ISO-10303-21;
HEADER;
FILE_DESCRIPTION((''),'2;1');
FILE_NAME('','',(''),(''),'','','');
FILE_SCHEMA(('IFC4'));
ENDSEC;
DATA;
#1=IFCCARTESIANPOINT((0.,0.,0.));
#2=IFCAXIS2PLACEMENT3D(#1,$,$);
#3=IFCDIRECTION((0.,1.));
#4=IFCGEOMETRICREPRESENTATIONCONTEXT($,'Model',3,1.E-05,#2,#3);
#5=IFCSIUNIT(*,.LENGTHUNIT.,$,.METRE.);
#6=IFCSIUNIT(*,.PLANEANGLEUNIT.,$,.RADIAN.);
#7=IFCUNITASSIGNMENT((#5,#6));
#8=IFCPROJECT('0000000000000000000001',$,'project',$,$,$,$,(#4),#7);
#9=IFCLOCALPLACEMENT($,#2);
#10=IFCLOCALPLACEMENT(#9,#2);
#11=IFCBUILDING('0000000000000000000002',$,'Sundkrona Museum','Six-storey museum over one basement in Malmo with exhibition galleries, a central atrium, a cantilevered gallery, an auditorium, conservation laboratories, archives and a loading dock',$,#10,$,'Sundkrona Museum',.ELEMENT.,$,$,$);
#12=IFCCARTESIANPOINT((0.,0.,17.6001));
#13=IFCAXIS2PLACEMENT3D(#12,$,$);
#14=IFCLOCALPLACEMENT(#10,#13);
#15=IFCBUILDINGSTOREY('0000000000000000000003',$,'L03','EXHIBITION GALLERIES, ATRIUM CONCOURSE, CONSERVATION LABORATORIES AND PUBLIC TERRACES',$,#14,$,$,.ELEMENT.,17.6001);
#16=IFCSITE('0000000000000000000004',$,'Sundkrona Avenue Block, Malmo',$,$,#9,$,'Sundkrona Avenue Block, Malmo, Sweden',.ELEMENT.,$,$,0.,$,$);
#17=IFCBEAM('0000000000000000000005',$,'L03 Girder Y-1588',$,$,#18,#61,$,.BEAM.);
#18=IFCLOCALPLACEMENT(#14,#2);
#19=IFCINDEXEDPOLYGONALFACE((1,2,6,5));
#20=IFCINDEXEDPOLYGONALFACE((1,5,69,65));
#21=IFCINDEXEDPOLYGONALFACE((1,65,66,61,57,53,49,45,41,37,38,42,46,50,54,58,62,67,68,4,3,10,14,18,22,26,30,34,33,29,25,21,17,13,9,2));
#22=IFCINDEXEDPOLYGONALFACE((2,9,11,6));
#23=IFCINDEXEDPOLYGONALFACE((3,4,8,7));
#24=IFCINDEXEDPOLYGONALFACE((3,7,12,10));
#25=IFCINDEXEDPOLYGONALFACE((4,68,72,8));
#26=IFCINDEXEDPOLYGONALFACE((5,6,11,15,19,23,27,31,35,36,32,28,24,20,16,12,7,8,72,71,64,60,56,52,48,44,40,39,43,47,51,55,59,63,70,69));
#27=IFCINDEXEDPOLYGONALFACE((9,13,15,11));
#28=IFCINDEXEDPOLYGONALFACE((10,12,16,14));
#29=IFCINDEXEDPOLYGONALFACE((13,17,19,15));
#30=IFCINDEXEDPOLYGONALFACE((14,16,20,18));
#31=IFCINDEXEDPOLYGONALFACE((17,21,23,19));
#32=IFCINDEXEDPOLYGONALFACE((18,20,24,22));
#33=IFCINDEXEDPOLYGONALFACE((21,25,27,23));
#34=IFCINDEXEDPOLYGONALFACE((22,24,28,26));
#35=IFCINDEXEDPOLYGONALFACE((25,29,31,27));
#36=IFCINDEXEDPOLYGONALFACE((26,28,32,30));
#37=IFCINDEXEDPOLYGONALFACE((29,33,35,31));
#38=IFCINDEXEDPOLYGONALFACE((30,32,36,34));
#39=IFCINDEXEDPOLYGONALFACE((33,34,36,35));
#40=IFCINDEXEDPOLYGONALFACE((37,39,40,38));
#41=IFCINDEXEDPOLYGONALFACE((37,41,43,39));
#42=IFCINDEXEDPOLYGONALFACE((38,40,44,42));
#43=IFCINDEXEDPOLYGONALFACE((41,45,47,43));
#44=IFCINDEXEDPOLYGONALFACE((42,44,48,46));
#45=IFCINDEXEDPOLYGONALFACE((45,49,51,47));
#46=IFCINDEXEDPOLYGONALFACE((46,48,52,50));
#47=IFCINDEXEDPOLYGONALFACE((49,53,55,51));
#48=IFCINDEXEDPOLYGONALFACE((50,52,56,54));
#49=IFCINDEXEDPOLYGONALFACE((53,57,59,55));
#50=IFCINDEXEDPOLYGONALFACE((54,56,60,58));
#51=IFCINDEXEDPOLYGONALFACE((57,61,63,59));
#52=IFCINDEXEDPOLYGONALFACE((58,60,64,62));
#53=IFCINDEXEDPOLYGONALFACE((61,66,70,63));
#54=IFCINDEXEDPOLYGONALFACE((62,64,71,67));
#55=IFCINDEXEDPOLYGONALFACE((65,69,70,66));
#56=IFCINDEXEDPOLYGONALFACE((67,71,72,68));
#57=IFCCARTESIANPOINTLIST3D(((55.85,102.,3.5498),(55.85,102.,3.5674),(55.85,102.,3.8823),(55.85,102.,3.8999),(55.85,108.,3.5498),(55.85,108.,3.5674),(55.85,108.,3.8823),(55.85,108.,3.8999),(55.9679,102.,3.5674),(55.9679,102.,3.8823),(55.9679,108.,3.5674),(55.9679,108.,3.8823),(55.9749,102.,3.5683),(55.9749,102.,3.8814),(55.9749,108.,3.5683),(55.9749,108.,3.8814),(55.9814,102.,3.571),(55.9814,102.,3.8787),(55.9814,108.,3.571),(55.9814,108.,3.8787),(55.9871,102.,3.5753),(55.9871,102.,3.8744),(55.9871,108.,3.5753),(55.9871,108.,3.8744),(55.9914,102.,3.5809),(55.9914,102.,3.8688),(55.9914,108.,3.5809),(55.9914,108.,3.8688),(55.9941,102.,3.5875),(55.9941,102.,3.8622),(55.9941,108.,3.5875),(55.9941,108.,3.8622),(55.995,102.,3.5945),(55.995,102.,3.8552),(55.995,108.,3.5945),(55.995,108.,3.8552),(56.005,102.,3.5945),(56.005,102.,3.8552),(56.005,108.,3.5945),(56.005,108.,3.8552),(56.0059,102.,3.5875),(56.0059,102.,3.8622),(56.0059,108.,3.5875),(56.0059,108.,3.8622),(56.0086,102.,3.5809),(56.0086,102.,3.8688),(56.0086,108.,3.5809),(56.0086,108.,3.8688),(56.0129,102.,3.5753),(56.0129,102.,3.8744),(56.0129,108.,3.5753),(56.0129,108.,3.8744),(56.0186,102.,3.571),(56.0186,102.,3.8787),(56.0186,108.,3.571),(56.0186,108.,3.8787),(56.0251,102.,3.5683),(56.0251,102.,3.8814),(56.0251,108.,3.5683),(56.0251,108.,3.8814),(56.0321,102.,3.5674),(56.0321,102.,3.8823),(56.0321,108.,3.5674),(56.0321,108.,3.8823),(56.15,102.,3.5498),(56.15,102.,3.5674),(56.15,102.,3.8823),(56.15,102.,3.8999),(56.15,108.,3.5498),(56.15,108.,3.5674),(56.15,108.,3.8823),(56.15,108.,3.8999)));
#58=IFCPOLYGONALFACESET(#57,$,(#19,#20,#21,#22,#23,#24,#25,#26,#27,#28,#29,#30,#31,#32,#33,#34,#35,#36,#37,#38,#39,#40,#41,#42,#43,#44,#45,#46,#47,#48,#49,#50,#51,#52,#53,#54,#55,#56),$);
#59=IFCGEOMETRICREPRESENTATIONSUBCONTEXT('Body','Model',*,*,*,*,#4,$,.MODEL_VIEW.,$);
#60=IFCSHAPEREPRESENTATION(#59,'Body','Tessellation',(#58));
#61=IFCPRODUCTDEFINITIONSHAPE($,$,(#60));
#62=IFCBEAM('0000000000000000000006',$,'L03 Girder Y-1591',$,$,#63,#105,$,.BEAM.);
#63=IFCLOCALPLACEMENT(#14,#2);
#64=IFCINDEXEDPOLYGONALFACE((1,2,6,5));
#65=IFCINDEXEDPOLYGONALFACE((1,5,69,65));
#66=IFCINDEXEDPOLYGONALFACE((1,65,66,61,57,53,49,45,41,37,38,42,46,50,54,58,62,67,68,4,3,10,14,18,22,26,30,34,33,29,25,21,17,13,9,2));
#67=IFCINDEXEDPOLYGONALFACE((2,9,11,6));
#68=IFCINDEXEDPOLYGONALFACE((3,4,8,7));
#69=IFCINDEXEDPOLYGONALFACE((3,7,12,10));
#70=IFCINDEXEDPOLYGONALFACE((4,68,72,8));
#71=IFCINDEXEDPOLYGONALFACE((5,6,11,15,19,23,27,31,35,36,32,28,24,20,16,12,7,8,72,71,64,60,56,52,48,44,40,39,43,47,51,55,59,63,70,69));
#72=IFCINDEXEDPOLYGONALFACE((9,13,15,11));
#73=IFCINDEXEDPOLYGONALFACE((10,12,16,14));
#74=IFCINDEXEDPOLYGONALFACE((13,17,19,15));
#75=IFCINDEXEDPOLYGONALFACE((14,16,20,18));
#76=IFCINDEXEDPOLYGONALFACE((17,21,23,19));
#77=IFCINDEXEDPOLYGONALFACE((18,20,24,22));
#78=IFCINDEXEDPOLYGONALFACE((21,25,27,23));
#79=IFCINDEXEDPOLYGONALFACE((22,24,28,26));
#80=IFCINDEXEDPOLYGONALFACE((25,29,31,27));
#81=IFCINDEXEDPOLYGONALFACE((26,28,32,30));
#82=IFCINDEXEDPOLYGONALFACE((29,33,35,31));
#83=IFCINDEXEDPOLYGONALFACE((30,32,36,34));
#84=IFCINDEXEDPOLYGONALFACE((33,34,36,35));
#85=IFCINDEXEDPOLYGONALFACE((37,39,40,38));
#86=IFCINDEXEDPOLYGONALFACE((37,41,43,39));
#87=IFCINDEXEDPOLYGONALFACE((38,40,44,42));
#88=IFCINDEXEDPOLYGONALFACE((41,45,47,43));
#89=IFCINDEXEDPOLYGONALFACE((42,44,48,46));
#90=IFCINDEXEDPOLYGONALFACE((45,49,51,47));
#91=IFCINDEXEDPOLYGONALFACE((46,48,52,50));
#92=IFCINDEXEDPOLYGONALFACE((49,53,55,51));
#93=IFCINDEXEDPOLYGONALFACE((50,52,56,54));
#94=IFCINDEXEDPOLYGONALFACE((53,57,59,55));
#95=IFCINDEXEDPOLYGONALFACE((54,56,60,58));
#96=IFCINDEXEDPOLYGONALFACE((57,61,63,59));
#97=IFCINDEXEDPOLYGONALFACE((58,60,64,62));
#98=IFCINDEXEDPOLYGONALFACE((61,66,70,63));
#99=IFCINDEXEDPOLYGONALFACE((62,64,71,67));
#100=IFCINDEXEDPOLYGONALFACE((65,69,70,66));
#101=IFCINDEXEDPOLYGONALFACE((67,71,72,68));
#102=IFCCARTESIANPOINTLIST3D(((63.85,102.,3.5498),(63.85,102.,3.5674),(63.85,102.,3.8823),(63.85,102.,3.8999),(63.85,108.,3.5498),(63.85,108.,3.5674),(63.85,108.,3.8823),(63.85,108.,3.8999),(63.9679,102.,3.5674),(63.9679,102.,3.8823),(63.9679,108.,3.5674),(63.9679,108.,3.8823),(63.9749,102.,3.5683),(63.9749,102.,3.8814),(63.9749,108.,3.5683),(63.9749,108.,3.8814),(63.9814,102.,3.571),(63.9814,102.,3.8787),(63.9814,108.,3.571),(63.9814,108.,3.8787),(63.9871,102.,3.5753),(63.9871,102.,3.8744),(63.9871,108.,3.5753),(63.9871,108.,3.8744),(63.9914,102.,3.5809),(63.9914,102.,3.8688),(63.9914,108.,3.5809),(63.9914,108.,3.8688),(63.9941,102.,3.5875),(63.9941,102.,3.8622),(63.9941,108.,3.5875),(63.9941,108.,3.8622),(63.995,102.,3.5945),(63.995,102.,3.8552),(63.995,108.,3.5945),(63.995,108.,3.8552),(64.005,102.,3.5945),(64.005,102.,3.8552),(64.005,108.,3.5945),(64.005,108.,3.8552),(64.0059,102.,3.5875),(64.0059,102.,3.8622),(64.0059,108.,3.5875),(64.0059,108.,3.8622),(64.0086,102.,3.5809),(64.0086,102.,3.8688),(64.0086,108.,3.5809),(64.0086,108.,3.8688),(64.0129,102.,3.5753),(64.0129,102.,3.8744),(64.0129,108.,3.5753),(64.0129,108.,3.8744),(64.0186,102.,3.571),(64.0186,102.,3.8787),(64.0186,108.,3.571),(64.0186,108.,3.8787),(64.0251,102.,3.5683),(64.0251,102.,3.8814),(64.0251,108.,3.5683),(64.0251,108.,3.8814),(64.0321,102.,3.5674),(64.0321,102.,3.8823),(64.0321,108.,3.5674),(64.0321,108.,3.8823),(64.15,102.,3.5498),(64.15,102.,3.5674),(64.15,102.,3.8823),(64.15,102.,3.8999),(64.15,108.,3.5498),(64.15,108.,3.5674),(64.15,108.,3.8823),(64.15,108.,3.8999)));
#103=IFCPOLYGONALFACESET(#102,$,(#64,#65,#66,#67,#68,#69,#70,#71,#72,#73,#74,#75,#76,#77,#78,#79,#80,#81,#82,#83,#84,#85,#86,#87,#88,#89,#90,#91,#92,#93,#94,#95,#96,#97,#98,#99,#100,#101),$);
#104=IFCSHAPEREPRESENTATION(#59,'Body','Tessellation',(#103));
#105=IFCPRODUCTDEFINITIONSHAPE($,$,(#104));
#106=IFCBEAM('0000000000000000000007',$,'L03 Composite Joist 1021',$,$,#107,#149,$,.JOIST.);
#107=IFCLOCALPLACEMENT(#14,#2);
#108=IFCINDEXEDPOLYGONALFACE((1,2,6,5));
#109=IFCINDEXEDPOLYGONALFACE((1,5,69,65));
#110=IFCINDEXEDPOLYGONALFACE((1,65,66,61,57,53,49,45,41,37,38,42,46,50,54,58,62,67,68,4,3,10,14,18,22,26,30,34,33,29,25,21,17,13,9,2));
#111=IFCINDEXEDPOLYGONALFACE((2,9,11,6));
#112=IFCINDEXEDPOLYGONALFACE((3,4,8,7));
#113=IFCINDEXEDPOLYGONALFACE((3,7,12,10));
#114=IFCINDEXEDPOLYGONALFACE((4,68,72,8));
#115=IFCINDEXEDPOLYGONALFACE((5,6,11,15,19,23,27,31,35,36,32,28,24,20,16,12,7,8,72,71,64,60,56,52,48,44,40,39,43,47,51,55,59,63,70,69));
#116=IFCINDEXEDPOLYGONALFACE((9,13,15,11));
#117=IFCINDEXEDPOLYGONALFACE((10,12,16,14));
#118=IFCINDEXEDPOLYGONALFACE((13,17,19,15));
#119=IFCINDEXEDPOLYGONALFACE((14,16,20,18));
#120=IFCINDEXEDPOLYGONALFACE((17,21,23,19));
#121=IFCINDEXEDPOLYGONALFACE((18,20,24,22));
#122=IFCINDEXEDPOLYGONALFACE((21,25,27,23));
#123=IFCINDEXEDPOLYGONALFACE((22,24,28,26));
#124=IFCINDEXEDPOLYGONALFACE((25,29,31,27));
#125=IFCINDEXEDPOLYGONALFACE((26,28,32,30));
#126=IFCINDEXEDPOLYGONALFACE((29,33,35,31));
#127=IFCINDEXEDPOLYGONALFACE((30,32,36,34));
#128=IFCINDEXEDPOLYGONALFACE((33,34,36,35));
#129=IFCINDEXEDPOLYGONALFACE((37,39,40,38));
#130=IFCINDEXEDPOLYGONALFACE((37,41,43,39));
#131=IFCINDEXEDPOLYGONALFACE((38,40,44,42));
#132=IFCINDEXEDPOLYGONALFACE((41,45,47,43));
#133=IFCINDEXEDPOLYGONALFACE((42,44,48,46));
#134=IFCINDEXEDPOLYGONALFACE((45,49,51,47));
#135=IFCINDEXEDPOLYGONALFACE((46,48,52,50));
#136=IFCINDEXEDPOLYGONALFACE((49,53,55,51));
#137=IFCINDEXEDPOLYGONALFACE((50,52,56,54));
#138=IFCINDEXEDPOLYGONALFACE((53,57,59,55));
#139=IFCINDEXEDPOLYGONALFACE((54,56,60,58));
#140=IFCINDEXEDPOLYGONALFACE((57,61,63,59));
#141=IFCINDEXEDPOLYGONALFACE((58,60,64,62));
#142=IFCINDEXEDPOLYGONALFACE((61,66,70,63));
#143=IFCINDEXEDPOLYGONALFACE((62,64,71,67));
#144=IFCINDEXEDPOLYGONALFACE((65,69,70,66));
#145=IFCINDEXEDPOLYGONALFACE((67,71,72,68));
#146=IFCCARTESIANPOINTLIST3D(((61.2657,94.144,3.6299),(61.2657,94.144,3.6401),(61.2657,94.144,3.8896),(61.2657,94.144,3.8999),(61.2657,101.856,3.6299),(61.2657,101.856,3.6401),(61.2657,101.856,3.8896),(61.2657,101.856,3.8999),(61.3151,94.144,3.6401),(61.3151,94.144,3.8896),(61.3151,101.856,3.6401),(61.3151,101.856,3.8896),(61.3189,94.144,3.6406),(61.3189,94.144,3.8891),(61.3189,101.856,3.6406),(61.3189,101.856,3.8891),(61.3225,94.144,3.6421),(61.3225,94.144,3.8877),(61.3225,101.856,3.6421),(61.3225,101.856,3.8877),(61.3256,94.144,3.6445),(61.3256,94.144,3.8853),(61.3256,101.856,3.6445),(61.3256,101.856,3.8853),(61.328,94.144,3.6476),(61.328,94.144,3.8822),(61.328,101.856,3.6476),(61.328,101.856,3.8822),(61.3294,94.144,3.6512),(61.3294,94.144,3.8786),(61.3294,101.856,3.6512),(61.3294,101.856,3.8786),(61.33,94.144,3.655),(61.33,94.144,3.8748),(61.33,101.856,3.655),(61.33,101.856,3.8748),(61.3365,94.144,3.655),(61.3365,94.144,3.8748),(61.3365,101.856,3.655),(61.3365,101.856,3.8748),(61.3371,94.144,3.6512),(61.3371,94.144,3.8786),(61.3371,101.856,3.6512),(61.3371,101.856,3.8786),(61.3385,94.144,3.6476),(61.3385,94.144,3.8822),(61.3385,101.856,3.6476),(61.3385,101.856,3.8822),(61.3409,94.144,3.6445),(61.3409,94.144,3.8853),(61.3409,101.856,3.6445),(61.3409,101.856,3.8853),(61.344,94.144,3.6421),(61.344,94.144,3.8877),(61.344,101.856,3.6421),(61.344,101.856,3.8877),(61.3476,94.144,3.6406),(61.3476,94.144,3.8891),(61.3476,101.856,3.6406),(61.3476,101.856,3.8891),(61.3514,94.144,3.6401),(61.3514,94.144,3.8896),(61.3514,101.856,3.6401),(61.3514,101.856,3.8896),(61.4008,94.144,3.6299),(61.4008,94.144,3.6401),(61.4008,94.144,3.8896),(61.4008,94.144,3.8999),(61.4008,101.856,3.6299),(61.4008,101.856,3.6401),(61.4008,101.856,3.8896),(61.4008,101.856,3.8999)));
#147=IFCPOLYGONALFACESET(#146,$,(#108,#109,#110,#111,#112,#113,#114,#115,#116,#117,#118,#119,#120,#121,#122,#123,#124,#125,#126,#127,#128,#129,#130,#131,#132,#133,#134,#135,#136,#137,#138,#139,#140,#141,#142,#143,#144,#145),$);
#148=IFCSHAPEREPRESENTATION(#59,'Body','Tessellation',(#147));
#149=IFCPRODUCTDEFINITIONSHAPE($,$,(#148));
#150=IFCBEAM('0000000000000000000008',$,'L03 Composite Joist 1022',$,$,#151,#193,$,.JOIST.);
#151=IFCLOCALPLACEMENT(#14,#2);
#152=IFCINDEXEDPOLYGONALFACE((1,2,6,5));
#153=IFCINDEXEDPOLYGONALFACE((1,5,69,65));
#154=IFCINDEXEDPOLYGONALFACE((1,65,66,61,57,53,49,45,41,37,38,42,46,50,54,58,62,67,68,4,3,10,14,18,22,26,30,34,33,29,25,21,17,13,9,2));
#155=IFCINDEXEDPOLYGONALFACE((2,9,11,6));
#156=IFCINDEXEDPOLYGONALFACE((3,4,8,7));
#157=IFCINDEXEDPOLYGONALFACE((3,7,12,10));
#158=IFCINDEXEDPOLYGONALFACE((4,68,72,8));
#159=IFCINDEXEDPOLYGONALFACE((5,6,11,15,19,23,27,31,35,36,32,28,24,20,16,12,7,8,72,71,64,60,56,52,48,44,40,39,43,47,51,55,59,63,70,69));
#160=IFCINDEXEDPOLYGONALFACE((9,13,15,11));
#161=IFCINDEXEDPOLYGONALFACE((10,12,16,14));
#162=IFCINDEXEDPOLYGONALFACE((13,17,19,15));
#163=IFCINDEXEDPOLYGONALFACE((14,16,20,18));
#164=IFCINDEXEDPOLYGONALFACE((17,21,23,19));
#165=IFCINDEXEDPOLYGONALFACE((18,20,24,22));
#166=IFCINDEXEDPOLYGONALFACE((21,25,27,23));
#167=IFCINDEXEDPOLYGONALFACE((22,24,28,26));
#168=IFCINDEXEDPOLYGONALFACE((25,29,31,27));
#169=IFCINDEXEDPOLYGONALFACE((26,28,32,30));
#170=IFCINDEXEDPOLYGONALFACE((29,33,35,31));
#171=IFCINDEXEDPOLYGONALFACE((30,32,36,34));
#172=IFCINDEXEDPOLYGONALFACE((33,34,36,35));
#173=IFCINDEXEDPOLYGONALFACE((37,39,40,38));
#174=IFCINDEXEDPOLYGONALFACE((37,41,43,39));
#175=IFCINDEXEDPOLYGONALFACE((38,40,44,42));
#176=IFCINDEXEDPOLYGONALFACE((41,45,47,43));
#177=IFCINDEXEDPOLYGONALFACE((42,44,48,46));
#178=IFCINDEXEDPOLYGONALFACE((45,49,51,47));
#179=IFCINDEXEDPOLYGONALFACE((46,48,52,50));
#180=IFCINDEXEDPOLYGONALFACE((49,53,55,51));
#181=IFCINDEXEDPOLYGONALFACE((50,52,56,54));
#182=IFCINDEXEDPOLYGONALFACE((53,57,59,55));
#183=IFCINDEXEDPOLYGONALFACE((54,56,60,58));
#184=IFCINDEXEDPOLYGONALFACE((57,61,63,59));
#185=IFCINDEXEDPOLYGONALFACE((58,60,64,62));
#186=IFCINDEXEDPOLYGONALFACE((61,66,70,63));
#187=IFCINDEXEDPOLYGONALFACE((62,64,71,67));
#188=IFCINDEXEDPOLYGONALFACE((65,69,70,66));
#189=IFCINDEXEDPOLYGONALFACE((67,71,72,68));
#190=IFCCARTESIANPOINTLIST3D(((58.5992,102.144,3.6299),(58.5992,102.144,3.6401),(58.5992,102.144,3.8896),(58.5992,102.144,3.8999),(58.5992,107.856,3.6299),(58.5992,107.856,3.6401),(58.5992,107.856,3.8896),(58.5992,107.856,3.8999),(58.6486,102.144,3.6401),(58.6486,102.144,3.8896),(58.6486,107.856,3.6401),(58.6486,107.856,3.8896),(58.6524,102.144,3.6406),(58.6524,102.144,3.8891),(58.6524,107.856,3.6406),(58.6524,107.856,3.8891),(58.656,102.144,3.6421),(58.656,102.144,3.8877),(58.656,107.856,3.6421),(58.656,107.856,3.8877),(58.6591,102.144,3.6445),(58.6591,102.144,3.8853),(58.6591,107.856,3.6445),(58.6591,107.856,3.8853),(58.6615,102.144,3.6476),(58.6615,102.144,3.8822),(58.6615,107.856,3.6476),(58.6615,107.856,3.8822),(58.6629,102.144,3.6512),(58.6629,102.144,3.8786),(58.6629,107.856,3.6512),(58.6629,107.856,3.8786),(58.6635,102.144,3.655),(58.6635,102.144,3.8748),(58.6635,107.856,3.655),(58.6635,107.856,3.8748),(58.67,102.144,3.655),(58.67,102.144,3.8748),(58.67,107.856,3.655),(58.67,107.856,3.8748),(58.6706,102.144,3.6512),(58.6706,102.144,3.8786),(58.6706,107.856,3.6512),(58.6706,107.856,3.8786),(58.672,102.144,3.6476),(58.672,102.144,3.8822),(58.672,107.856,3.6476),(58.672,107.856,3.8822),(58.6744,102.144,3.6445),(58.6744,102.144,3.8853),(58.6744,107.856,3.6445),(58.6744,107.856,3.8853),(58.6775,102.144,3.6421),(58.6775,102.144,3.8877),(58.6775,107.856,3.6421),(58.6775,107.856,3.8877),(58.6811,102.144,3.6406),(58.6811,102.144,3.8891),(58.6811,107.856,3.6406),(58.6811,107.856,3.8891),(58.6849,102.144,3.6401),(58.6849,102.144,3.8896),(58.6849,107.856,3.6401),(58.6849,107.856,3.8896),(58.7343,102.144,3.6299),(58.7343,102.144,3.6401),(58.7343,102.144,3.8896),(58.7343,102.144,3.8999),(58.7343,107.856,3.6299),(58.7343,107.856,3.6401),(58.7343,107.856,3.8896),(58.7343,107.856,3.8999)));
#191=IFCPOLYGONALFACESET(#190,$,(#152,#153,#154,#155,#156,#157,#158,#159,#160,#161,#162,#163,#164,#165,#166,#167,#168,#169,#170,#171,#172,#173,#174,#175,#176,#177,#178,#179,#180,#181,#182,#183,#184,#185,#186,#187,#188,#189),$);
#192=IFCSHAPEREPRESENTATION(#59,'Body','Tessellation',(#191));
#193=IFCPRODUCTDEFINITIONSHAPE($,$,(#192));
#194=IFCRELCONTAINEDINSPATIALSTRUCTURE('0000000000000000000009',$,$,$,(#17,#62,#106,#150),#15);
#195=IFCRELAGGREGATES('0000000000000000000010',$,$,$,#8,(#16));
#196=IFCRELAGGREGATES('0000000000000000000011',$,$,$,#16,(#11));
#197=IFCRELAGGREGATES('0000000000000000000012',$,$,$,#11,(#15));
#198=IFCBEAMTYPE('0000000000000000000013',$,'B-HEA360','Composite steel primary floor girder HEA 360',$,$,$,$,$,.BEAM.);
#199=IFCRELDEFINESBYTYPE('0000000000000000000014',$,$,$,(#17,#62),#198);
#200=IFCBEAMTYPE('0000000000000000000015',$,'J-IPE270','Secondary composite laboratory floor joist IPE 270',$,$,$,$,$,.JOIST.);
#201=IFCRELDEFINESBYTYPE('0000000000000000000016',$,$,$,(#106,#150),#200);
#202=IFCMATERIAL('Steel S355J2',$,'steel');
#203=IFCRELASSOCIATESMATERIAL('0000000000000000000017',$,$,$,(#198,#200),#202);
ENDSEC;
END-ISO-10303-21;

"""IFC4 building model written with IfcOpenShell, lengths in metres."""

from ifc_helpers import new_model, si_unit, direction, frame, origin, origin_2d, place, context, subcontext, project, spatial, i_section, extrude, material, material_profile, profile_set, type_object, element, save


model = new_model("IFC4")

# Units and contexts
model_context = context("Model", 3, precision=1e-05, world=origin(), true_north=direction((0.0, 1.0)))
body_context = subcontext(model_context, "Body", "Model", "MODEL_VIEW")
ifc_project = project(units=[si_unit("LENGTHUNIT", "METRE"), si_unit("PLANEANGLEUNIT", "RADIAN")], contexts=[model_context])

# Site, building, storey
site_placement = place(None, origin())
site = spatial("IfcSite", under=ifc_project, at=site_placement, Name="Sundkrona Avenue Block, Malmo", LongName="Sundkrona Avenue Block, Malmo, Sweden", CompositionType="ELEMENT", RefElevation=0.0)
building_placement = place(site_placement, origin())
building = spatial("IfcBuilding", under=site, at=building_placement, Name="Sundkrona Museum", Description="Six-storey museum over one basement in Malmo with exhibition galleries, a central atrium, a cantilevered gallery, an auditorium, conservation laboratories, archives and a loading dock", LongName="Sundkrona Museum", CompositionType="ELEMENT")
storey_placement = place(building_placement, frame((0.0, 0.0, 17.6001)))
storey = spatial("IfcBuildingStorey", under=building, at=storey_placement, Name="L03", Description="EXHIBITION GALLERIES, ATRIUM CONCOURSE, CONSERVATION LABORATORIES AND PUBLIC TERRACES", CompositionType="ELEMENT", Elevation=17.6001)

# Shared definitions
ifc_material_1 = material(Name="Steel S355J2", Category="steel")

# Beams
ifc_material_profile_1 = material_profile(ifc_material_1, i_section(OverallWidth=0.3, OverallDepth=0.3501, WebThickness=0.01, FlangeThickness=0.0176, FilletRadius=0.0271, at=origin_2d()), Name="HEA 360")
ifc_profile_set_1 = profile_set([ifc_material_profile_1], Name="Steel S355J2")
beam_type_1 = type_object("IfcBeamType", Name="B-HEA360", Description="Composite steel primary floor girder HEA 360", PredefinedType="BEAM", material=ifc_profile_set_1)
for number, where, z_axis, x_axis, name in (
    (1, (56.0, 102.0, 3.7249), (0.0, 1.0, 0.0), (-1.0, 0.0, 0.0), "L03 Girder Y-1588"),
    (2, (64.0, 102.0, 3.7249), (0.0, 1.0, 0.0), (-1.0, 0.0, 0.0), "L03 Girder Y-1591"),
):
    element("IfcBeam", number, at=place(storey_placement, frame(where, z_axis=z_axis, x_axis=x_axis)), inside=storey, type_object=beam_type_1, Name=name, PredefinedType="BEAM", context=body_context, shape_type="SweptSolid", body=[
        extrude(i_section(OverallWidth=0.3, OverallDepth=0.3501, WebThickness=0.01, FlangeThickness=0.0176, FilletRadius=0.0271, at=origin_2d()), origin(), (0.0, 0.0, 1.0), 6.0),
    ])
ifc_material_profile_2 = material_profile(ifc_material_1, i_section(OverallWidth=0.135, OverallDepth=0.27, WebThickness=0.0066, FlangeThickness=0.0103, FilletRadius=0.0149, at=origin_2d()), Name="IPE 270")
ifc_profile_set_2 = profile_set([ifc_material_profile_2], Name="Steel S355J2")
beam_type_2 = type_object("IfcBeamType", Name="J-IPE270", Description="Secondary composite laboratory floor joist IPE 270", PredefinedType="JOIST", material=ifc_profile_set_2)
beam_1_placement = place(storey_placement, frame((61.3333, 94.144, 3.7649), z_axis=(0.0, 1.0, 0.0), x_axis=(-1.0, 0.0, 0.0)))
element("IfcBeam", 3, at=beam_1_placement, inside=storey, type_object=beam_type_2, Name="L03 Composite Joist 1021", PredefinedType="JOIST", context=body_context, shape_type="SweptSolid", body=[
    extrude(i_section(OverallWidth=0.135, OverallDepth=0.27, WebThickness=0.0066, FlangeThickness=0.0103, FilletRadius=0.0149, at=origin_2d()), origin(), (0.0, 0.0, 1.0), 7.7119),
])
for number, where, z_axis, x_axis, name in (
    (4, (58.6667, 102.144, 3.7649), (0.0, 1.0, 0.0), (-1.0, 0.0, 0.0), "L03 Composite Joist 1022"),
):
    element("IfcBeam", number, at=place(storey_placement, frame(where, z_axis=z_axis, x_axis=x_axis)), inside=storey, type_object=beam_type_2, Name=name, PredefinedType="JOIST", context=body_context, shape_type="SweptSolid", body=[
        extrude(i_section(OverallWidth=0.135, OverallDepth=0.27, WebThickness=0.0066, FlangeThickness=0.0103, FilletRadius=0.0149, at=origin_2d()), origin(), (0.0, 0.0, 1.0), 5.7119),
    ])

save(model, "model.ifc")
